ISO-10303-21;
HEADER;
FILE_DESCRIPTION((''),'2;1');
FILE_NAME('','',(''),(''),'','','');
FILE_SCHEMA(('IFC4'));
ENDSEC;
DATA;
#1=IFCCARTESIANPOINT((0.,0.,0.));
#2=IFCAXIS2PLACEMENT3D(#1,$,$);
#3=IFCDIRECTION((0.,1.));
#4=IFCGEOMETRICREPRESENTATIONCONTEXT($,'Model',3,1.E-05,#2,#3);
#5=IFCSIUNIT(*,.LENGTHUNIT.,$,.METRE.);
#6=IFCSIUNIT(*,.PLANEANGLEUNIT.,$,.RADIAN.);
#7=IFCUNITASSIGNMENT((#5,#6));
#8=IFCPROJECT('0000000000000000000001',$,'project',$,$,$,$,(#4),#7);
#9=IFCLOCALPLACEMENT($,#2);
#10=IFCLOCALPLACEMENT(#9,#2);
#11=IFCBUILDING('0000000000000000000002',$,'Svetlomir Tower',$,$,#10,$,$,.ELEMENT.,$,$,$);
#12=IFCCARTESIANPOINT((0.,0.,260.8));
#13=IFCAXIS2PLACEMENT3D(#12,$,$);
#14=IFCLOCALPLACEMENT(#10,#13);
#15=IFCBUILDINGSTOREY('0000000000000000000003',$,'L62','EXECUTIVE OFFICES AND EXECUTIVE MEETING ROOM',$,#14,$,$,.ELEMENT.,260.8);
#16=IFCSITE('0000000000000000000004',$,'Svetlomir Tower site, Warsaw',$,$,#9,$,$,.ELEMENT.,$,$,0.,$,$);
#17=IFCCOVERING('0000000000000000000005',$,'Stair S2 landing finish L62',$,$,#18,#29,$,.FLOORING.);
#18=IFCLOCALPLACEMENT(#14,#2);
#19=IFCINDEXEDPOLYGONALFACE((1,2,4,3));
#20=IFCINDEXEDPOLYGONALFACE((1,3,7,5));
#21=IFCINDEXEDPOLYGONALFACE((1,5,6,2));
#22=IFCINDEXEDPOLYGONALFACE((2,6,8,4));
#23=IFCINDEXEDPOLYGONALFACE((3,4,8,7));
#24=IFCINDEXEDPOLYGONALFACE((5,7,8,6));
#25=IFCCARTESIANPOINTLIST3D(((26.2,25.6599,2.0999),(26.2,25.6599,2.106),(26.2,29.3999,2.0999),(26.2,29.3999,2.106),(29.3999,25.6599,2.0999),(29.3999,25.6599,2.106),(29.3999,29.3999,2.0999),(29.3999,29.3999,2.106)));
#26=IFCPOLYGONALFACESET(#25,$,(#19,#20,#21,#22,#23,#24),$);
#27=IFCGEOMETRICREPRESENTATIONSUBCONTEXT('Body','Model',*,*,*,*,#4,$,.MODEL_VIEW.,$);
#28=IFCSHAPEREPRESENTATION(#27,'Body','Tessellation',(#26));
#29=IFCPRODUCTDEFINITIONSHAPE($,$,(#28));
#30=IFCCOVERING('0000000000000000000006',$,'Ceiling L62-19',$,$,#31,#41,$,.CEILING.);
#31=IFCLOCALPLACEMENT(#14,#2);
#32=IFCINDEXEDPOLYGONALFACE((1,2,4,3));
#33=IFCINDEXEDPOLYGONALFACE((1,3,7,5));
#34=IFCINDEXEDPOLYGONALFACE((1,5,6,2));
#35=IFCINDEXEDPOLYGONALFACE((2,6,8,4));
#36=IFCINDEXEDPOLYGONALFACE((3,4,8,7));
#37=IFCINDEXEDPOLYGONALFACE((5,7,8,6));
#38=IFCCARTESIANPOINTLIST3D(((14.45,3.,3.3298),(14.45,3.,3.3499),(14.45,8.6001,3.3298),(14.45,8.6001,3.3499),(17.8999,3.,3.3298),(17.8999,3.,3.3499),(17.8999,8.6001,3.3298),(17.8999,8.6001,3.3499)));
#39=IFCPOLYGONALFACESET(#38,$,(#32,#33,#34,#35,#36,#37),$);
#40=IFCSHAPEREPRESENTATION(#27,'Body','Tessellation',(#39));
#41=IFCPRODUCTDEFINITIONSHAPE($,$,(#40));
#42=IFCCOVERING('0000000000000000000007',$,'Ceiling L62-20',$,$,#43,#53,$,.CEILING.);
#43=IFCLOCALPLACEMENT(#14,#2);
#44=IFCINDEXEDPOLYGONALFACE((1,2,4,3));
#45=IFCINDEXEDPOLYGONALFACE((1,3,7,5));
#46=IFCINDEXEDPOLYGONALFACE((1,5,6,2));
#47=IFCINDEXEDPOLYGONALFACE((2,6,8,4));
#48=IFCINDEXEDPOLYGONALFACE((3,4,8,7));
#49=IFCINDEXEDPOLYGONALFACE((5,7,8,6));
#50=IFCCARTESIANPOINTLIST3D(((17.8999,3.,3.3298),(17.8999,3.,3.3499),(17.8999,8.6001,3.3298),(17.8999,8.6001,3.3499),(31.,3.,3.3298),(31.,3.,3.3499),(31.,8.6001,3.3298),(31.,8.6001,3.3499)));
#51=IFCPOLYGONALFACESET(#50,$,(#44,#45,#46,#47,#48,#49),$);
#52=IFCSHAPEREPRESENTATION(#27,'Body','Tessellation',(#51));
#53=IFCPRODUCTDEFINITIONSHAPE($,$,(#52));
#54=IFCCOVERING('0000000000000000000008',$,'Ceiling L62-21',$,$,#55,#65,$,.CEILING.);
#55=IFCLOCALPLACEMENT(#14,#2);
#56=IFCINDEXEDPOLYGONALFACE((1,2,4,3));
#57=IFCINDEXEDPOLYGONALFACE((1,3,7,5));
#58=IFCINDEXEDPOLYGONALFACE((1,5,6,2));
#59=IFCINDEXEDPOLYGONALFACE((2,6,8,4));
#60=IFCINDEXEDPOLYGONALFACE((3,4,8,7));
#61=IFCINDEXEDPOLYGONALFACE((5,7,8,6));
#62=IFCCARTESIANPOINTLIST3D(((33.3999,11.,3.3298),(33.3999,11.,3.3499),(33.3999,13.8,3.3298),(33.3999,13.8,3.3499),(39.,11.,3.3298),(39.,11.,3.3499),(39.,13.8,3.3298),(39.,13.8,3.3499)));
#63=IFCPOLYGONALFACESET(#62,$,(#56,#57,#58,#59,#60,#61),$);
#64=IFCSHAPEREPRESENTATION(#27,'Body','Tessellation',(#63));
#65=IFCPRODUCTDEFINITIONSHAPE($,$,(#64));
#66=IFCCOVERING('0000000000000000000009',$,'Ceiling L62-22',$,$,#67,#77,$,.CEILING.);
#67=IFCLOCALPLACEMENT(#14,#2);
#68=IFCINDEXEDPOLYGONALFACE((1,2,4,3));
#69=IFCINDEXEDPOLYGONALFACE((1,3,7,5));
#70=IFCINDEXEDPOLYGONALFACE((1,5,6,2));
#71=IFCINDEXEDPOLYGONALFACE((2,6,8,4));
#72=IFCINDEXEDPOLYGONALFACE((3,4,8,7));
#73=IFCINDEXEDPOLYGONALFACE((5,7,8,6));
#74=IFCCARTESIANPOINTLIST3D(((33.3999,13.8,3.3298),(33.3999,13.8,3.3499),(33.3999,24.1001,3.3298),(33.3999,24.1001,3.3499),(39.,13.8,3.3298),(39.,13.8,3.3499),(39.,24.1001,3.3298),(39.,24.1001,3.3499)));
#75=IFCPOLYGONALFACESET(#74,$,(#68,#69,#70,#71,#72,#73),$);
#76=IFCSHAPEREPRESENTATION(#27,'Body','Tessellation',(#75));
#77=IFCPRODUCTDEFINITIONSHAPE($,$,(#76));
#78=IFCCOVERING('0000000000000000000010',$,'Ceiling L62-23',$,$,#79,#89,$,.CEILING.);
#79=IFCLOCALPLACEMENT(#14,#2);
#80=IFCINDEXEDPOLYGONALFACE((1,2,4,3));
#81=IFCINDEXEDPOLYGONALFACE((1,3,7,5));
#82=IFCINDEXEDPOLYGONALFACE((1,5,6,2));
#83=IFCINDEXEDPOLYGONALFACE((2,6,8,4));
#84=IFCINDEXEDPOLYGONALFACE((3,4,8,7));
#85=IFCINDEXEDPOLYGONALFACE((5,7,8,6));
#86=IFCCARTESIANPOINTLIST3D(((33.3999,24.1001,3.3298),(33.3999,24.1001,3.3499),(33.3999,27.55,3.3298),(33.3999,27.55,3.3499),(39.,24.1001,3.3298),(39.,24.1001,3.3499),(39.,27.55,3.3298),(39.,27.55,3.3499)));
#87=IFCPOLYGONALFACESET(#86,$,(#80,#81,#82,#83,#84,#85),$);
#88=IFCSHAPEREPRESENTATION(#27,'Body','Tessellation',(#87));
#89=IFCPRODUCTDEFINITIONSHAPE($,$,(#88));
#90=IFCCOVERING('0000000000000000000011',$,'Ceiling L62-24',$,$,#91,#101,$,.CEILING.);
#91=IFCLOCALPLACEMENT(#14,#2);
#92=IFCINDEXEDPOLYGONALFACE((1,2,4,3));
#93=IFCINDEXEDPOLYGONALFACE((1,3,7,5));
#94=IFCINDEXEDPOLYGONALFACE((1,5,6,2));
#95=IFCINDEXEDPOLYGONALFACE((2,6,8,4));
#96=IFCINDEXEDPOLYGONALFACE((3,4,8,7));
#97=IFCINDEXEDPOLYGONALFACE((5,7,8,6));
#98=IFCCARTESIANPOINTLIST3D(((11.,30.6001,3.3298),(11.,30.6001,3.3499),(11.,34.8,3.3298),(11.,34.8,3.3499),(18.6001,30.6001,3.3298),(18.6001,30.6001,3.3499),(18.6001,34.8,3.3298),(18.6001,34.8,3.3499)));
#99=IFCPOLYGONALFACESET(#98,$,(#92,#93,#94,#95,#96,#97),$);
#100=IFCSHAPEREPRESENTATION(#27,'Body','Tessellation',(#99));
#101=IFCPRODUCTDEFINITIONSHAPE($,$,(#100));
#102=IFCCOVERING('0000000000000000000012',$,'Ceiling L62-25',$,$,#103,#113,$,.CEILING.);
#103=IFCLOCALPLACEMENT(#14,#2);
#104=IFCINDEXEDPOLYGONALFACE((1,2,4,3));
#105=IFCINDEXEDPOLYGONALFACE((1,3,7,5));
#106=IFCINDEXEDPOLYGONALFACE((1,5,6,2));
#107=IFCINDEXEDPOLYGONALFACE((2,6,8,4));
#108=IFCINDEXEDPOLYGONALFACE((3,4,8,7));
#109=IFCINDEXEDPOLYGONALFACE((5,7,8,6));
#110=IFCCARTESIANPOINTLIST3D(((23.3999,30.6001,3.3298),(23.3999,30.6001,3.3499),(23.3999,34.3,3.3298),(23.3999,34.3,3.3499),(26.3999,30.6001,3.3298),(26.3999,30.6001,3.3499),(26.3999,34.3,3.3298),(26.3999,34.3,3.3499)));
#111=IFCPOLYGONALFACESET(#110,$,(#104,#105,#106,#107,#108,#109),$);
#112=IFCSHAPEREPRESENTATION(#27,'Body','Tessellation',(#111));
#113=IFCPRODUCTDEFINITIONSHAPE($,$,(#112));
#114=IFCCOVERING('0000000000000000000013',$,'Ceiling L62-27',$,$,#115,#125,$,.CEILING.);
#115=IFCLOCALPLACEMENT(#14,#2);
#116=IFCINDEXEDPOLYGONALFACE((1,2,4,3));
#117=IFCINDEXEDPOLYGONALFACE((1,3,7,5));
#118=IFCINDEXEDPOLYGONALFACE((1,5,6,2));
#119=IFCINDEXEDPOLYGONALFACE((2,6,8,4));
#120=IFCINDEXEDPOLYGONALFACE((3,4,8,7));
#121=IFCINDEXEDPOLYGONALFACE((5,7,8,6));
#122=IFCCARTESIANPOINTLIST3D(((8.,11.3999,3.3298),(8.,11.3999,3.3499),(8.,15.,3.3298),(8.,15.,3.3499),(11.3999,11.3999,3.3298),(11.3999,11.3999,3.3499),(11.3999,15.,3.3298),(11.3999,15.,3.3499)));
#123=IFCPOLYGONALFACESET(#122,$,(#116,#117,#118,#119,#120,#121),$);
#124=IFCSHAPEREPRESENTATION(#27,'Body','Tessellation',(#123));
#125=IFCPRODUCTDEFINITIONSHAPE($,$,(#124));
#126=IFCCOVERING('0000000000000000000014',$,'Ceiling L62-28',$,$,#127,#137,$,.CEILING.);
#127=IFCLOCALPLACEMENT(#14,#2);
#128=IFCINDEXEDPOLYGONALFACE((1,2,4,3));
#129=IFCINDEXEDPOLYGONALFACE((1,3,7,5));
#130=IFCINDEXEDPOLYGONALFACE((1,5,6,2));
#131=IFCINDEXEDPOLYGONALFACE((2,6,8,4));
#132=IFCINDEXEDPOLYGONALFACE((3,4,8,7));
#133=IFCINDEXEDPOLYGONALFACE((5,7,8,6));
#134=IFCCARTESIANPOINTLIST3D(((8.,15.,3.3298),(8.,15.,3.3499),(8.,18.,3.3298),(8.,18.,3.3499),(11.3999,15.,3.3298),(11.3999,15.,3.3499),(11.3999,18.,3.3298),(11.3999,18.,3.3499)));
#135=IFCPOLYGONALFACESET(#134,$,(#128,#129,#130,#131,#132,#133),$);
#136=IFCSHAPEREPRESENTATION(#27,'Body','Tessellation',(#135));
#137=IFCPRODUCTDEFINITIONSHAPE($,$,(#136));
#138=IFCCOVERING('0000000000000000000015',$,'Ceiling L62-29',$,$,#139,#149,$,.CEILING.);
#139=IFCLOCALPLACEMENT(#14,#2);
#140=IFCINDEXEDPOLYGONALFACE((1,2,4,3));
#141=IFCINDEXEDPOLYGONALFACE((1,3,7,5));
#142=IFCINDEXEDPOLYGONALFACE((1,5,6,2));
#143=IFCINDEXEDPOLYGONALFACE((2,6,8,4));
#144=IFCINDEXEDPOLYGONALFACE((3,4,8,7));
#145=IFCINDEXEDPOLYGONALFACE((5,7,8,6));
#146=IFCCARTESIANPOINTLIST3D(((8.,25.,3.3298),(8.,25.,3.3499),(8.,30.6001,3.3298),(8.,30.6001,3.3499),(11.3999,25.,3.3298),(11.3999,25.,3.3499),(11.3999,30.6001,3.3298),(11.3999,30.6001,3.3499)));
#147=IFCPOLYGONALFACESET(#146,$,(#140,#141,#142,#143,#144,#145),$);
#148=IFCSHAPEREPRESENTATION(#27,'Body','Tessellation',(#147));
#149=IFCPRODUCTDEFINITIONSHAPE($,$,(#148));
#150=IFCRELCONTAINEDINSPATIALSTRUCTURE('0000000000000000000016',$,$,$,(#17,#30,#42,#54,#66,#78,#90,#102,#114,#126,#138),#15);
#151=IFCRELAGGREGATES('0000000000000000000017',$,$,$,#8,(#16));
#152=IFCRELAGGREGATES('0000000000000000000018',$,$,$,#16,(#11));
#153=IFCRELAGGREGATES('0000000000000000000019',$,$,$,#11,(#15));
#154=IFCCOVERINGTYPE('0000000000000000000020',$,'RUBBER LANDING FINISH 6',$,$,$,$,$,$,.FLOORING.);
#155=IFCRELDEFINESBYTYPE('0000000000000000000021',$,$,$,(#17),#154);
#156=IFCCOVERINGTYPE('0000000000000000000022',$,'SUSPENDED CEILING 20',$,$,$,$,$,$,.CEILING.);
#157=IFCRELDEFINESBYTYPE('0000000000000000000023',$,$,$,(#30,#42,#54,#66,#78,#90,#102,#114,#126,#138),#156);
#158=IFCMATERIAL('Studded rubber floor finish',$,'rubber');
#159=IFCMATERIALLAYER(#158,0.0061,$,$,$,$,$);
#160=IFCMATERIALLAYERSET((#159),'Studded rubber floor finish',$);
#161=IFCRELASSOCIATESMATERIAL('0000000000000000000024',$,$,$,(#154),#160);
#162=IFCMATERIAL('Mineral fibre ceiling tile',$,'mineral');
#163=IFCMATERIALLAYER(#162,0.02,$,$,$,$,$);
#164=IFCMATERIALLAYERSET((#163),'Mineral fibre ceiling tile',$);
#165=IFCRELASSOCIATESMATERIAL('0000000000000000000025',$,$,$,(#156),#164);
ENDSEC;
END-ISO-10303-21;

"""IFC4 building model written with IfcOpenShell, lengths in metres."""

from ifc_helpers import new_model, si_unit, direction, frame, origin, place, context, subcontext, project, spatial, polyline, outline, extrude, material, layer, layer_set, type_object, element, save


model = new_model("IFC4")

# Units and contexts
model_context = context("Model", 3, precision=1e-05, world=origin(), true_north=direction((0.0, 1.0)))
body_context = subcontext(model_context, "Body", "Model", "MODEL_VIEW")
ifc_project = project(units=[si_unit("LENGTHUNIT", "METRE"), si_unit("PLANEANGLEUNIT", "RADIAN")], contexts=[model_context])

# Site, building, storey
site_placement = place(None, origin())
site = spatial("IfcSite", under=ifc_project, at=site_placement, Name="Svetlomir Tower site, Warsaw", CompositionType="ELEMENT", RefElevation=0.0)
building_placement = place(site_placement, origin())
building = spatial("IfcBuilding", under=site, at=building_placement, Name="Svetlomir Tower", CompositionType="ELEMENT")
storey_placement = place(building_placement, frame((0.0, 0.0, 260.8)))
storey = spatial("IfcBuildingStorey", under=building, at=storey_placement, Name="L62", Description="EXECUTIVE OFFICES AND EXECUTIVE MEETING ROOM", CompositionType="ELEMENT", Elevation=260.8)

# Coverings
ifc_material_1 = material(Name="Studded rubber floor finish", Category="rubber")
ifc_layer_1 = layer(ifc_material_1, 0.0061)
ifc_layer_set_1 = layer_set([ifc_layer_1], Name="Studded rubber floor finish")
covering_type_1 = type_object("IfcCoveringType", Name="RUBBER LANDING FINISH 6", PredefinedType="FLOORING", material=ifc_layer_set_1)
covering_1_placement = place(storey_placement, frame((0.0, 0.0, 2.0999)))
element("IfcCovering", 1, at=covering_1_placement, inside=storey, type_object=covering_type_1, Name="Stair S2 landing finish L62", PredefinedType="FLOORING", context=body_context, shape_type="SweptSolid", body=[
    extrude(outline(polyline([(26.2, 25.6599), (29.3999, 25.6599), (29.3999, 29.3999), (26.2, 29.3999), (26.2, 25.6599)])), origin(), (0.0, 0.0, 1.0), 0.0061),
])
ifc_material_2 = material(Name="Mineral fibre ceiling tile", Category="mineral")
ifc_layer_2 = layer(ifc_material_2, 0.02)
ifc_layer_set_2 = layer_set([ifc_layer_2], Name="Mineral fibre ceiling tile")
covering_type_2 = type_object("IfcCoveringType", Name="SUSPENDED CEILING 20", PredefinedType="CEILING", material=ifc_layer_set_2)
covering_2_placement = place(storey_placement, frame((0.0, 0.0, 3.3298)))
element("IfcCovering", 2, at=covering_2_placement, inside=storey, type_object=covering_type_2, Name="Ceiling L62-19", PredefinedType="CEILING", context=body_context, shape_type="SweptSolid", body=[
    extrude(outline(polyline([(14.45, 3.0), (17.8999, 3.0), (17.8999, 8.6001), (14.45, 8.6001), (14.45, 3.0)])), origin(), (0.0, 0.0, 1.0), 0.02),
])
covering_3_placement = place(storey_placement, frame((0.0, 0.0, 3.3298)))
element("IfcCovering", 3, at=covering_3_placement, inside=storey, type_object=covering_type_2, Name="Ceiling L62-20", PredefinedType="CEILING", context=body_context, shape_type="SweptSolid", body=[
    extrude(outline(polyline([(17.8999, 3.0), (31.0, 3.0), (31.0, 8.6001), (17.8999, 8.6001), (17.8999, 3.0)])), origin(), (0.0, 0.0, 1.0), 0.02),
])
covering_4_placement = place(storey_placement, frame((0.0, 0.0, 3.3298)))
element("IfcCovering", 4, at=covering_4_placement, inside=storey, type_object=covering_type_2, Name="Ceiling L62-21", PredefinedType="CEILING", context=body_context, shape_type="SweptSolid", body=[
    extrude(outline(polyline([(33.3999, 11.0), (39.0, 11.0), (39.0, 13.8), (33.3999, 13.8), (33.3999, 11.0)])), origin(), (0.0, 0.0, 1.0), 0.02),
])
covering_5_placement = place(storey_placement, frame((0.0, 0.0, 3.3298)))
element("IfcCovering", 5, at=covering_5_placement, inside=storey, type_object=covering_type_2, Name="Ceiling L62-22", PredefinedType="CEILING", context=body_context, shape_type="SweptSolid", body=[
    extrude(outline(polyline([(33.3999, 13.8), (39.0, 13.8), (39.0, 24.1001), (33.3999, 24.1001), (33.3999, 13.8)])), origin(), (0.0, 0.0, 1.0), 0.02),
])
covering_6_placement = place(storey_placement, frame((0.0, 0.0, 3.3298)))
element("IfcCovering", 6, at=covering_6_placement, inside=storey, type_object=covering_type_2, Name="Ceiling L62-23", PredefinedType="CEILING", context=body_context, shape_type="SweptSolid", body=[
    extrude(outline(polyline([(33.3999, 24.1001), (39.0, 24.1001), (39.0, 27.55), (33.3999, 27.55), (33.3999, 24.1001)])), origin(), (0.0, 0.0, 1.0), 0.02),
])
covering_7_placement = place(storey_placement, frame((0.0, 0.0, 3.3298)))
element("IfcCovering", 7, at=covering_7_placement, inside=storey, type_object=covering_type_2, Name="Ceiling L62-24", PredefinedType="CEILING", context=body_context, shape_type="SweptSolid", body=[
    extrude(outline(polyline([(11.0, 30.6001), (18.6001, 30.6001), (18.6001, 34.8), (11.0, 34.8), (11.0, 30.6001)])), origin(), (0.0, 0.0, 1.0), 0.02),
])
covering_8_placement = place(storey_placement, frame((0.0, 0.0, 3.3298)))
element("IfcCovering", 8, at=covering_8_placement, inside=storey, type_object=covering_type_2, Name="Ceiling L62-25", PredefinedType="CEILING", context=body_context, shape_type="SweptSolid", body=[
    extrude(outline(polyline([(23.3999, 30.6001), (26.3999, 30.6001), (26.3999, 34.3), (23.3999, 34.3), (23.3999, 30.6001)])), origin(), (0.0, 0.0, 1.0), 0.02),
])
covering_9_placement = place(storey_placement, frame((0.0, 0.0, 3.3298)))
element("IfcCovering", 9, at=covering_9_placement, inside=storey, type_object=covering_type_2, Name="Ceiling L62-27", PredefinedType="CEILING", context=body_context, shape_type="SweptSolid", body=[
    extrude(outline(polyline([(8.0, 11.3999), (11.3999, 11.3999), (11.3999, 15.0), (8.0, 15.0), (8.0, 11.3999)])), origin(), (0.0, 0.0, 1.0), 0.02),
])
covering_10_placement = place(storey_placement, frame((0.0, 0.0, 3.3298)))
element("IfcCovering", 10, at=covering_10_placement, inside=storey, type_object=covering_type_2, Name="Ceiling L62-28", PredefinedType="CEILING", context=body_context, shape_type="SweptSolid", body=[
    extrude(outline(polyline([(8.0, 15.0), (11.3999, 15.0), (11.3999, 18.0), (8.0, 18.0), (8.0, 15.0)])), origin(), (0.0, 0.0, 1.0), 0.02),
])
covering_11_placement = place(storey_placement, frame((0.0, 0.0, 3.3298)))
element("IfcCovering", 11, at=covering_11_placement, inside=storey, type_object=covering_type_2, Name="Ceiling L62-29", PredefinedType="CEILING", context=body_context, shape_type="SweptSolid", body=[
    extrude(outline(polyline([(8.0, 25.0), (11.3999, 25.0), (11.3999, 30.6001), (8.0, 30.6001), (8.0, 25.0)])), origin(), (0.0, 0.0, 1.0), 0.02),
])

save(model, "model.ifc")
